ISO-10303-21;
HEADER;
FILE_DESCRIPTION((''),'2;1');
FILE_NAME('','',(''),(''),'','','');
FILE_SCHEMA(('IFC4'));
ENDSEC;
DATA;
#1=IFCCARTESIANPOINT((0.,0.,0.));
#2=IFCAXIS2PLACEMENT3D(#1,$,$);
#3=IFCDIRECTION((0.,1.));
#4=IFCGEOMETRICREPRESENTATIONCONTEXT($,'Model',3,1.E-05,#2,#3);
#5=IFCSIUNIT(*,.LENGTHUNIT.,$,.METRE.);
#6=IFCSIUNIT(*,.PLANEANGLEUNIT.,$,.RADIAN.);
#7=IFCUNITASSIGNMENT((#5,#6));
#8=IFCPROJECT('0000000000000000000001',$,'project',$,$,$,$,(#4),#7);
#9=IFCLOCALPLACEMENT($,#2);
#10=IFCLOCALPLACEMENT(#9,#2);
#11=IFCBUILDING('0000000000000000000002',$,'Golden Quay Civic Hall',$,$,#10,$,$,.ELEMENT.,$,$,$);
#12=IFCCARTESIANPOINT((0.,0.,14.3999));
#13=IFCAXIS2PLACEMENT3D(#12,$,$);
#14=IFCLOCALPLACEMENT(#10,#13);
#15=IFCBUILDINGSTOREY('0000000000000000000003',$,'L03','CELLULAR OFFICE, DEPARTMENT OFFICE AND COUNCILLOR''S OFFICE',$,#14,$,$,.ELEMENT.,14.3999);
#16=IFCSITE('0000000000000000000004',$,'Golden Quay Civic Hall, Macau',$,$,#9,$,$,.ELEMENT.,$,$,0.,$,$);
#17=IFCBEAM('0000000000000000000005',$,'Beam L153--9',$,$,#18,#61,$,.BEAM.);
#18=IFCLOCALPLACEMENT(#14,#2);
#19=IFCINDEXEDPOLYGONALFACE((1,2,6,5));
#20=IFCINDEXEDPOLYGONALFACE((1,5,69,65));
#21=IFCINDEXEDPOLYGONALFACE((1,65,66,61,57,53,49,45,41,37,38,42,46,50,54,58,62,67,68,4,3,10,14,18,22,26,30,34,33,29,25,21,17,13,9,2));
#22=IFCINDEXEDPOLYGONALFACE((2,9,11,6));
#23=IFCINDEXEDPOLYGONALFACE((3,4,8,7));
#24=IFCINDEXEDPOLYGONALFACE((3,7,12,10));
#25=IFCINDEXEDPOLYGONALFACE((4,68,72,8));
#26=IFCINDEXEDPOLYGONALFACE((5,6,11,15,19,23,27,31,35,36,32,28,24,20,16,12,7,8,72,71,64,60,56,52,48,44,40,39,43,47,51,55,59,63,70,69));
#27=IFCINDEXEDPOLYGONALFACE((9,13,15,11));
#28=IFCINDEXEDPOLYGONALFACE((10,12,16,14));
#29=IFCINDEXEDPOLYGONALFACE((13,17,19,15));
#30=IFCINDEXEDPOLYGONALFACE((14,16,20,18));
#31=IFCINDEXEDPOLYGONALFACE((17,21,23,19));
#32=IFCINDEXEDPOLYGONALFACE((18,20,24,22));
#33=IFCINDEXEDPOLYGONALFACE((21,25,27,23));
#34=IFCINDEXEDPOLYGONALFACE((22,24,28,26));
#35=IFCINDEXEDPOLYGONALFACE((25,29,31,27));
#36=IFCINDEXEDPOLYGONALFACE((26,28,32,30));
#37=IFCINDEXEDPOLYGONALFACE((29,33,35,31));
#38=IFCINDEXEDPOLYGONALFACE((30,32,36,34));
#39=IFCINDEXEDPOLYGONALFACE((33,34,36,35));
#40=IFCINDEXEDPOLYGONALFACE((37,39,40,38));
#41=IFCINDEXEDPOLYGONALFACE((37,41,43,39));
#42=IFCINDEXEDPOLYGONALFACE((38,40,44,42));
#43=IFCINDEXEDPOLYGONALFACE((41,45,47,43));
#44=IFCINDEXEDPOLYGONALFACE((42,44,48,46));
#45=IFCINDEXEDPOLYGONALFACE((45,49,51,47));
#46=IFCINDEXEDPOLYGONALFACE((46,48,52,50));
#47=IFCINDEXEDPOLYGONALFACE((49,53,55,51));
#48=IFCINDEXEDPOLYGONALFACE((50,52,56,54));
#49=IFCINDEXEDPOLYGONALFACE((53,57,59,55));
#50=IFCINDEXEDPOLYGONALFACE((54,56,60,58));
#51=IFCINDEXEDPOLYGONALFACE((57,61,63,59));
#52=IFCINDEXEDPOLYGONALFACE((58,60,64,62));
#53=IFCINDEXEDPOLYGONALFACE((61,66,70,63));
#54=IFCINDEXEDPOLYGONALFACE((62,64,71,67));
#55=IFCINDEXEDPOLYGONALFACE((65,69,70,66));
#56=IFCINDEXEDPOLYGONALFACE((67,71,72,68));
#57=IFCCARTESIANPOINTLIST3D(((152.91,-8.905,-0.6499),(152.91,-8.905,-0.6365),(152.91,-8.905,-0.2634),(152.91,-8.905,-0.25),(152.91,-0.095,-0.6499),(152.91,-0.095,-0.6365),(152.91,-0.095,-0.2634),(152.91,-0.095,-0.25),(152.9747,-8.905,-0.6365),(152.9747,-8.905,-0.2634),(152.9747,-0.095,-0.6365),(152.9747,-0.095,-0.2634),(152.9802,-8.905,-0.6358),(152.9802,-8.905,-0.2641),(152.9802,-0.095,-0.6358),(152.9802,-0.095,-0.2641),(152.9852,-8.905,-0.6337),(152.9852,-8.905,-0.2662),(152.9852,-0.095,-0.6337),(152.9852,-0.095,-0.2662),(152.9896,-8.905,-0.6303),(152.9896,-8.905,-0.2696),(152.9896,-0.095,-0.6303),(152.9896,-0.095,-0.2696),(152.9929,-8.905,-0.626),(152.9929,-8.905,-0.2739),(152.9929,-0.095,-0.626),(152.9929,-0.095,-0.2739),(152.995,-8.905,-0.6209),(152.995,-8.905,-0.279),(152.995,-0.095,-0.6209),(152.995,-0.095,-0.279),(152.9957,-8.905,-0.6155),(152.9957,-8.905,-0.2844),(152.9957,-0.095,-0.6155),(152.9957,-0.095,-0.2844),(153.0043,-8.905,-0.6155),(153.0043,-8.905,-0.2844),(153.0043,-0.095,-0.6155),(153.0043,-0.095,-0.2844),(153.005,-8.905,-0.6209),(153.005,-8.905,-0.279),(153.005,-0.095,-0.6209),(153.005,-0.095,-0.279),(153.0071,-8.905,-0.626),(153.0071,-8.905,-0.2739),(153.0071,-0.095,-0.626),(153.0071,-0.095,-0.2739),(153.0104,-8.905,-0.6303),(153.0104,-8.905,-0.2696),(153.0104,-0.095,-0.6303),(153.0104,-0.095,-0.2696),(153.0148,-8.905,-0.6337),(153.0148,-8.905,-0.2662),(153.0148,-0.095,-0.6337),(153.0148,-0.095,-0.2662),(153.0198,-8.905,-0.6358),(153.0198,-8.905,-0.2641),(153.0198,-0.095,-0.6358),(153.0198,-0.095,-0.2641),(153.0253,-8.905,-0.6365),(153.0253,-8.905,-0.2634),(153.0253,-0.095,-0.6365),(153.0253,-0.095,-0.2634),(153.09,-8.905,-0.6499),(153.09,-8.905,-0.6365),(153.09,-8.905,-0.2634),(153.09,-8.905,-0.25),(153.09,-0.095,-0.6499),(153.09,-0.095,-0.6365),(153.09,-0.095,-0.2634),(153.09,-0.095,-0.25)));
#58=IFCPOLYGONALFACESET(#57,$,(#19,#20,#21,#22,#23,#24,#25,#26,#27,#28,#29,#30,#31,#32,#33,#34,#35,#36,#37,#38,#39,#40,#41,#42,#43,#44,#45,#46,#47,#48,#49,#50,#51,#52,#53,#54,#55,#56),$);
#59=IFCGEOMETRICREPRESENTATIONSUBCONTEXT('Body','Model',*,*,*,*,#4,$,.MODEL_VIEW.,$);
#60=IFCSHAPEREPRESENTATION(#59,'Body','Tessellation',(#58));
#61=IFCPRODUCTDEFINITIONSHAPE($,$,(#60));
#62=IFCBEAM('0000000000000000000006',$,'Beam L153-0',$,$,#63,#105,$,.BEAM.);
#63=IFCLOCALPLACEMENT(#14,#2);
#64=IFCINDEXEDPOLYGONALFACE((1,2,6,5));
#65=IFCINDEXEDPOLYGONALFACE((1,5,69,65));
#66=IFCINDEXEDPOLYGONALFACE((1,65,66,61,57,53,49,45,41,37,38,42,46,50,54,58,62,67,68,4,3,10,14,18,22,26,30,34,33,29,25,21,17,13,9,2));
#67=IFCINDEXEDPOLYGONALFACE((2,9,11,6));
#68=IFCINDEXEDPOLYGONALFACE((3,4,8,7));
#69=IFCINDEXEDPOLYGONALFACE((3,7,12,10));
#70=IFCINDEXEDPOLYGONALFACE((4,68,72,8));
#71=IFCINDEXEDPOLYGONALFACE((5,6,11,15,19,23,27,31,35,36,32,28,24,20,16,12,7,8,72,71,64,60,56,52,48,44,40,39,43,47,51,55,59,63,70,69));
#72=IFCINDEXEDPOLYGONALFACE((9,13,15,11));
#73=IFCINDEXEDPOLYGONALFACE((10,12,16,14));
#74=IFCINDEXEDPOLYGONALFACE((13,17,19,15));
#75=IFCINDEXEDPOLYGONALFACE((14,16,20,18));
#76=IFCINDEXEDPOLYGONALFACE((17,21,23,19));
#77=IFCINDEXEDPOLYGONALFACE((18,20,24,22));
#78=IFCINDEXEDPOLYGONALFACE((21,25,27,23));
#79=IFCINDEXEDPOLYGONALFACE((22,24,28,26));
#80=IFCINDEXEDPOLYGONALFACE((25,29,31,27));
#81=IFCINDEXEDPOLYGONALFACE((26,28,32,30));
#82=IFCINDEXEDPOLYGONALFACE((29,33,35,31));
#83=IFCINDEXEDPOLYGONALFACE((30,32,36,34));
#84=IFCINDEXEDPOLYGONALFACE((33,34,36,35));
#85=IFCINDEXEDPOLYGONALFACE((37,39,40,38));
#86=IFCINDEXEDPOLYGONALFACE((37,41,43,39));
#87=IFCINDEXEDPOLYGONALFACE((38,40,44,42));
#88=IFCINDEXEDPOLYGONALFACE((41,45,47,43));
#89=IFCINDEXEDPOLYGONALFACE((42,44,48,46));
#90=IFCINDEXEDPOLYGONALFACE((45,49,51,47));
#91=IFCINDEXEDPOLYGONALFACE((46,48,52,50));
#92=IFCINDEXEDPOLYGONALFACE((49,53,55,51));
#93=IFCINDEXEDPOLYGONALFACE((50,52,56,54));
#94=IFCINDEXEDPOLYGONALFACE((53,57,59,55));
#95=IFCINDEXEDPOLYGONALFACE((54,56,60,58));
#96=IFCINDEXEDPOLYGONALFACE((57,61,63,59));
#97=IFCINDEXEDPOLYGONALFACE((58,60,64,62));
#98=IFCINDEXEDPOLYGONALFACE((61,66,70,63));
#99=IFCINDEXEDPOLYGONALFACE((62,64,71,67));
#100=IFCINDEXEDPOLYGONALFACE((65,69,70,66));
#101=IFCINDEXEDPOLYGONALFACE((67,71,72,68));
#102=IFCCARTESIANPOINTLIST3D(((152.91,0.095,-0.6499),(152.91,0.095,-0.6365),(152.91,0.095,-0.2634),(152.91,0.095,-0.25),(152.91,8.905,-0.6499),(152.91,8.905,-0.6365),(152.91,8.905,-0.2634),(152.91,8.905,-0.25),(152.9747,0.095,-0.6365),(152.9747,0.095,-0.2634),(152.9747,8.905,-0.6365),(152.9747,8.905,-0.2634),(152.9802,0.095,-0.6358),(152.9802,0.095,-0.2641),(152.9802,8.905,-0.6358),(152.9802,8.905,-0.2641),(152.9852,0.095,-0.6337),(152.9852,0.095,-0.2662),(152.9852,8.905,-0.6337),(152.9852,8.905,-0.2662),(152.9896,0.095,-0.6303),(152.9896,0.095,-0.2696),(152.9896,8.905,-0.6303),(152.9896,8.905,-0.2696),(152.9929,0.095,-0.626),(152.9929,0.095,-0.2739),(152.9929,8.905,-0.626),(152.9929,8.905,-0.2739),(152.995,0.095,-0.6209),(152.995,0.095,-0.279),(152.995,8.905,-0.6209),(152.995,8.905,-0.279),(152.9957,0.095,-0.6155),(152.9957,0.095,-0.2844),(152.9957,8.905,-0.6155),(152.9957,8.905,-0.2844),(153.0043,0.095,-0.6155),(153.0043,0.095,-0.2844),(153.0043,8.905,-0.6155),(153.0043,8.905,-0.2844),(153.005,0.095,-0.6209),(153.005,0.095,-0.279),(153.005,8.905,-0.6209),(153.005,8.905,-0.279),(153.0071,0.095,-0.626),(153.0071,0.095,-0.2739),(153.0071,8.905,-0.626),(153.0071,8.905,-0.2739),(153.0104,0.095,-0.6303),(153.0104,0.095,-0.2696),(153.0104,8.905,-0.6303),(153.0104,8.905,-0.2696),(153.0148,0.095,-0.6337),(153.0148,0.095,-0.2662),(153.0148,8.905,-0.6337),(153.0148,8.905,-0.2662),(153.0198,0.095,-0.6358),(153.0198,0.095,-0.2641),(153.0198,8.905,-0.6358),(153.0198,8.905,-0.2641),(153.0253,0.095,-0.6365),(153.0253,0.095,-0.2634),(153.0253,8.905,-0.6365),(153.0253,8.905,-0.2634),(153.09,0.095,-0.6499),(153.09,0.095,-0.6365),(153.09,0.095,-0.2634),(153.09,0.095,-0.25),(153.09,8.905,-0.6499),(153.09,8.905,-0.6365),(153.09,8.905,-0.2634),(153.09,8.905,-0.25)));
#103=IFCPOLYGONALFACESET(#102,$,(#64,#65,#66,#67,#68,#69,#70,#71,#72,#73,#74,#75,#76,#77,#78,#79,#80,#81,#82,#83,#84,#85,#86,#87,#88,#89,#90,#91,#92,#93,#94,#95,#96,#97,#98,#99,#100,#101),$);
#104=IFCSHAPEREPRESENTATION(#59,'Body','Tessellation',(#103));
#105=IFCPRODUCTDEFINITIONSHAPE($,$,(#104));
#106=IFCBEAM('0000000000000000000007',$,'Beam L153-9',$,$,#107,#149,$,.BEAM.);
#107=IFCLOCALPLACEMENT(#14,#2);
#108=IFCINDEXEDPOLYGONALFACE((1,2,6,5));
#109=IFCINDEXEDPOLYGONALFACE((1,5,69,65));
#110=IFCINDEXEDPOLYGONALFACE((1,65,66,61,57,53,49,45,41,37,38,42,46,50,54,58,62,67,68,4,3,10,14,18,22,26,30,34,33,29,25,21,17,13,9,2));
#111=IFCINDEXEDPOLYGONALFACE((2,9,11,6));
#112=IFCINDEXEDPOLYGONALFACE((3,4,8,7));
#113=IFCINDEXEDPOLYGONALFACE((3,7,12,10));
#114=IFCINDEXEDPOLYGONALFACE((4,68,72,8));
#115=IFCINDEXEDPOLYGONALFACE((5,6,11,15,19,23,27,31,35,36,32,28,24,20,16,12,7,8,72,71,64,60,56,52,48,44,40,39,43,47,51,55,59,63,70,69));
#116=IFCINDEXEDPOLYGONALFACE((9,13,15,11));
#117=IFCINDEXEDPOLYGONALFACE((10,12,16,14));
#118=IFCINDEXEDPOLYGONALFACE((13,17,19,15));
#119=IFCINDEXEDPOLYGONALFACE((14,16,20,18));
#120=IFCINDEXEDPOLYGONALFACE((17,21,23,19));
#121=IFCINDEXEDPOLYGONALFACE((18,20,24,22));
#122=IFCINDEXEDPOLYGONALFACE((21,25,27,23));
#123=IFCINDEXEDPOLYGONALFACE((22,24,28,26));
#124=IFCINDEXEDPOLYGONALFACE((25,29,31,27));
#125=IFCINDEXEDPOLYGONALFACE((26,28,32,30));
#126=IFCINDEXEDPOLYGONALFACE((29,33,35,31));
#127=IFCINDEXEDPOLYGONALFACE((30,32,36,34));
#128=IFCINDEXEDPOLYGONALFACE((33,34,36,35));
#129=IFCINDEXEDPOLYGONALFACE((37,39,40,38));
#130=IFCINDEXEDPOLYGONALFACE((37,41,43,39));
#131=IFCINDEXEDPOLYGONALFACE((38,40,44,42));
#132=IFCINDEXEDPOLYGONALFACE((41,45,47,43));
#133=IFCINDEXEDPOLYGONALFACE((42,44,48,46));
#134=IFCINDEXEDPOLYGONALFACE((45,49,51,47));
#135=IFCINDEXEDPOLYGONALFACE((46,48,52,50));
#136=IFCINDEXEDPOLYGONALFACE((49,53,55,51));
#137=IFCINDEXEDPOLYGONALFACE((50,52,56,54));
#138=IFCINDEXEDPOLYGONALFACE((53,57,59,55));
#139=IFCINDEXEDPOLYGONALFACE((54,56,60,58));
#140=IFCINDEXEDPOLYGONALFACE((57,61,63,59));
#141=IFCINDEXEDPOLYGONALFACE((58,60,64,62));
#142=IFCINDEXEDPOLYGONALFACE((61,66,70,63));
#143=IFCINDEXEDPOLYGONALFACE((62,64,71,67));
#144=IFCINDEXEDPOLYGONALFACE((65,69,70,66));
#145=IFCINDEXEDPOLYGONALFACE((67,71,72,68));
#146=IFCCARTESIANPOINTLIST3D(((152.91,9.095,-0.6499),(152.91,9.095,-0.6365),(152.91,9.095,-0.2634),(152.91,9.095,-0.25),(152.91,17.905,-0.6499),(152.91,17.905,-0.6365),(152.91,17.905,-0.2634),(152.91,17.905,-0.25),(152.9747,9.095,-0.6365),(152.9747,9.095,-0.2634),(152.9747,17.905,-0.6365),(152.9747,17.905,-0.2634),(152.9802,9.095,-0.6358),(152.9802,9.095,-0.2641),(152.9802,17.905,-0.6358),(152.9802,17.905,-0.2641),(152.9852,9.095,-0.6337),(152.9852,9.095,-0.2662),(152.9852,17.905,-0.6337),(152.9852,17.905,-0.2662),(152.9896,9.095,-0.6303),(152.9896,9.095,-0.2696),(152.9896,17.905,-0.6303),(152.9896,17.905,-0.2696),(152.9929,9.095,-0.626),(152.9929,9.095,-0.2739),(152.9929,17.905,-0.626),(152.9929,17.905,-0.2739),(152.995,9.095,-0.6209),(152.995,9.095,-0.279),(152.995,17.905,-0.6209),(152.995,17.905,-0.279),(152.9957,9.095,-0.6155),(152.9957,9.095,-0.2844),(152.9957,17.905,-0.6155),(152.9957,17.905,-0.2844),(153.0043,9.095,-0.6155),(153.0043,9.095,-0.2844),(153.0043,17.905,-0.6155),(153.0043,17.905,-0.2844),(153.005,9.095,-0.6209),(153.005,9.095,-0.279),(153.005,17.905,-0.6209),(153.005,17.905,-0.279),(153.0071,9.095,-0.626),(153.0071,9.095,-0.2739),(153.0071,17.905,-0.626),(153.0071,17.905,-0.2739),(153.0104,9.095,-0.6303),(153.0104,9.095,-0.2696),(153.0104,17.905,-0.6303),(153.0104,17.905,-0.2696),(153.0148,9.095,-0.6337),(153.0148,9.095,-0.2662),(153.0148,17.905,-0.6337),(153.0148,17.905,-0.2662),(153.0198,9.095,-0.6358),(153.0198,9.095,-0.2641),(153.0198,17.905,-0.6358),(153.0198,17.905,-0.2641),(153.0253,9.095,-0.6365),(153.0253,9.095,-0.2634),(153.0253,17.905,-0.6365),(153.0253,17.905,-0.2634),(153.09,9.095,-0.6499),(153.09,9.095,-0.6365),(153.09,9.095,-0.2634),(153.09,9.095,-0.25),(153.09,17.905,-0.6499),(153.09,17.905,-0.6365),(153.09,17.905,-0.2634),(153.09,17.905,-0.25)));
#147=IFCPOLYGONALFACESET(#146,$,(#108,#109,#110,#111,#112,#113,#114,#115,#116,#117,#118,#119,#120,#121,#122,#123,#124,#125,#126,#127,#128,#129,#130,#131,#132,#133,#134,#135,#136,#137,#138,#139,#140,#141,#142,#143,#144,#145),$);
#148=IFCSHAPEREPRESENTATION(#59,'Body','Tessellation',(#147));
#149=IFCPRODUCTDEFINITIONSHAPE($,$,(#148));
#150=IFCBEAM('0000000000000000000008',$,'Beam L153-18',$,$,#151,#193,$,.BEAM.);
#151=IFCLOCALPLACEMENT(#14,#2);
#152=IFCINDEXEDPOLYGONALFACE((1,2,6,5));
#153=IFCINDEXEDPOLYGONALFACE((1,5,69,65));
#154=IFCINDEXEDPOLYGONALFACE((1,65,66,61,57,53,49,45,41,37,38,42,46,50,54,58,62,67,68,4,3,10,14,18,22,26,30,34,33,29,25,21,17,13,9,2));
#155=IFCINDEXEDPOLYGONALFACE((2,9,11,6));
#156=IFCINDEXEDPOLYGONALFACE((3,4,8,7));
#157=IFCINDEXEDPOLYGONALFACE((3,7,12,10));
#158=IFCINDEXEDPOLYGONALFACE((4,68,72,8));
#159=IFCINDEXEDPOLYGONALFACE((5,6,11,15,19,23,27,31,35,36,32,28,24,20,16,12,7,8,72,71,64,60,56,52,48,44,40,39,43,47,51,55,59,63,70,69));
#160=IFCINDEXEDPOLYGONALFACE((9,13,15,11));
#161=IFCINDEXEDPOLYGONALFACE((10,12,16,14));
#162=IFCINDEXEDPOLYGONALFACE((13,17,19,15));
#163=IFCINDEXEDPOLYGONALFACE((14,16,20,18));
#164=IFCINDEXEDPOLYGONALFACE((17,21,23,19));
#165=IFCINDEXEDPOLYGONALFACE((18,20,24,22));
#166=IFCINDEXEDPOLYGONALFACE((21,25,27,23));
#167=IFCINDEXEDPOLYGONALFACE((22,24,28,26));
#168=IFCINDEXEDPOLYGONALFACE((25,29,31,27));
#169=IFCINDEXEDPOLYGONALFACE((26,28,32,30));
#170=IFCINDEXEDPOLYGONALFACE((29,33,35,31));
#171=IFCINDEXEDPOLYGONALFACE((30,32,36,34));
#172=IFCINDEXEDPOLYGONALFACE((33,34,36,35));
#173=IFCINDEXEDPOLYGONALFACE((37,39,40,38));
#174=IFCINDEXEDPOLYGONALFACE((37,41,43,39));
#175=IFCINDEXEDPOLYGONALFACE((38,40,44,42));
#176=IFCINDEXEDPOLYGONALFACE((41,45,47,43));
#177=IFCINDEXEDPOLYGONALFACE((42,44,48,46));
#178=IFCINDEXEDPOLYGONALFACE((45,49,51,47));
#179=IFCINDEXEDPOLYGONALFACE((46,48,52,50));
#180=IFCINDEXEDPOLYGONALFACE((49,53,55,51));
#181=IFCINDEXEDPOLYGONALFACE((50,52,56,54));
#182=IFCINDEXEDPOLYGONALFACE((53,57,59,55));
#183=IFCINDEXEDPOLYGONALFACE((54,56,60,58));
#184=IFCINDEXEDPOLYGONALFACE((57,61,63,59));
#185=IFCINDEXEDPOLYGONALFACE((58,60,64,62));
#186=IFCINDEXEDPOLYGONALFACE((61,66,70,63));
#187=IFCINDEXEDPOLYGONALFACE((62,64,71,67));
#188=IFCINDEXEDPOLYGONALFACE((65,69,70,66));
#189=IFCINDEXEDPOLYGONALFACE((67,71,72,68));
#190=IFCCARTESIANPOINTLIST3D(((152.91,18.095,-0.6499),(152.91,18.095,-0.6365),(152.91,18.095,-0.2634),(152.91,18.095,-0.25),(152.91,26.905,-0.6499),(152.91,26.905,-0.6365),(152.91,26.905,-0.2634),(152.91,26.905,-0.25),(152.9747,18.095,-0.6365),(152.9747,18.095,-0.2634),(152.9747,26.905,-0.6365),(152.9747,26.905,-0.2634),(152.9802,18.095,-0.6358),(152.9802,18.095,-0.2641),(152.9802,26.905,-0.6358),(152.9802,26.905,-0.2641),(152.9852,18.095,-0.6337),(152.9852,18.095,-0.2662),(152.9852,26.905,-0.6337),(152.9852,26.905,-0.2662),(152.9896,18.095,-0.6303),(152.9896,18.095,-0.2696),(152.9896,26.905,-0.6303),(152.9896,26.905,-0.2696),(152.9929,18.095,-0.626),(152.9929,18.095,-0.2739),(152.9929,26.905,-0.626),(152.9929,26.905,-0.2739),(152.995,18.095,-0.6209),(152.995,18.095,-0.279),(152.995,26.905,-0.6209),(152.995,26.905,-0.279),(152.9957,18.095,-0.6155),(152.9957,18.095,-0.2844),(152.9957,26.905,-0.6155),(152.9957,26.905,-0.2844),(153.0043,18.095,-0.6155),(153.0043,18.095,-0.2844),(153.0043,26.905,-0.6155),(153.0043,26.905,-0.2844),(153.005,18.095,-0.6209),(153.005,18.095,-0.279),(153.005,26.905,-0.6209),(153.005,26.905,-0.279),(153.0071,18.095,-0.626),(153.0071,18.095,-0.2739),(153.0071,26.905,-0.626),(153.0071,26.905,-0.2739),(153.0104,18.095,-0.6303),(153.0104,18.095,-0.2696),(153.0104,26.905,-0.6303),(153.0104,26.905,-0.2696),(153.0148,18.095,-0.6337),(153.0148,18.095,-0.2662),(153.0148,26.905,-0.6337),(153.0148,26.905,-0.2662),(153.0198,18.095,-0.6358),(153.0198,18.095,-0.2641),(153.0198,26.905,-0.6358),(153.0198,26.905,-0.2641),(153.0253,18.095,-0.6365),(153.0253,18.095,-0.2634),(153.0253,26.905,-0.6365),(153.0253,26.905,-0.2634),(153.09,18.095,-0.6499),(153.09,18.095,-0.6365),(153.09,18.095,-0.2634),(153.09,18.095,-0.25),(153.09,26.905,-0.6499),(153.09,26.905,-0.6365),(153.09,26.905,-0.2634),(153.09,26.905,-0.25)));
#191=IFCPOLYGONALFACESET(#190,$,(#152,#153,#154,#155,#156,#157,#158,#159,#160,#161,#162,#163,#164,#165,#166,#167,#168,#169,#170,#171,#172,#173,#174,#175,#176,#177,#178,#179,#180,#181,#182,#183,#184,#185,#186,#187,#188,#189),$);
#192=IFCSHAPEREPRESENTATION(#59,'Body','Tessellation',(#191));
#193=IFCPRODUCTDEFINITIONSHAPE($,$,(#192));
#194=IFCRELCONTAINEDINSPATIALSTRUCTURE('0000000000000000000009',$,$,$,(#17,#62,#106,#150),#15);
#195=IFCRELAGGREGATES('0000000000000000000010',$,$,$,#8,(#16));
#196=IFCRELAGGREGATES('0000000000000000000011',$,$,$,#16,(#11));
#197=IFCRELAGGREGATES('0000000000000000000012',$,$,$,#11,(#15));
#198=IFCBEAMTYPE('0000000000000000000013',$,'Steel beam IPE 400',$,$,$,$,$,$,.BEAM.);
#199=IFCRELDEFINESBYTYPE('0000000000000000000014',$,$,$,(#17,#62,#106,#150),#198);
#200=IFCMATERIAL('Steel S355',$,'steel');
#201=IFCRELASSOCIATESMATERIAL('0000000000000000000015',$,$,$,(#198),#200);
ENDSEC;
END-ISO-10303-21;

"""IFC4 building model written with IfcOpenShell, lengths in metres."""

from ifc_helpers import new_model, si_unit, direction, frame, origin, origin_2d, place, context, subcontext, project, spatial, i_section, extrude, material, material_profile, profile_set, type_object, element, save


model = new_model("IFC4")

# Units and contexts
model_context = context("Model", 3, precision=1e-05, world=origin(), true_north=direction((0.0, 1.0)))
body_context = subcontext(model_context, "Body", "Model", "MODEL_VIEW")
ifc_project = project(units=[si_unit("LENGTHUNIT", "METRE"), si_unit("PLANEANGLEUNIT", "RADIAN")], contexts=[model_context])

# Site, building, storey
site_placement = place(None, origin())
site = spatial("IfcSite", under=ifc_project, at=site_placement, Name="Golden Quay Civic Hall, Macau", CompositionType="ELEMENT", RefElevation=0.0)
building_placement = place(site_placement, origin())
building = spatial("IfcBuilding", under=site, at=building_placement, Name="Golden Quay Civic Hall", CompositionType="ELEMENT")
storey_placement = place(building_placement, frame((0.0, 0.0, 14.3999)))
storey = spatial("IfcBuildingStorey", under=building, at=storey_placement, Name="L03", Description="CELLULAR OFFICE, DEPARTMENT OFFICE AND COUNCILLOR'S OFFICE", CompositionType="ELEMENT", Elevation=14.3999)

# Beams
ifc_material_1 = material(Name="Steel S355", Category="steel")
ifc_material_profile_1 = material_profile(ifc_material_1, i_section(OverallWidth=0.1799, OverallDepth=0.3999, WebThickness=0.0085, FlangeThickness=0.0134, FilletRadius=0.021, at=origin_2d()), Name="IPE 400")
ifc_profile_set_1 = profile_set([ifc_material_profile_1], Name="Steel S355")
beam_type_1 = type_object("IfcBeamType", Name="Steel beam IPE 400", PredefinedType="BEAM", material=ifc_profile_set_1)
for number, where, z_axis, x_axis, name in (
    (1, (153.0, -8.905, -0.45), (0.0, 1.0, 0.0), (-1.0, 0.0, 0.0), "Beam L153--9"),
    (2, (153.0, 0.095, -0.45), (0.0, 1.0, 0.0), (-1.0, 0.0, 0.0), "Beam L153-0"),
    (3, (153.0, 9.095, -0.45), (0.0, 1.0, 0.0), (-1.0, 0.0, 0.0), "Beam L153-9"),
    (4, (153.0, 18.095, -0.45), (0.0, 1.0, 0.0), (-1.0, 0.0, 0.0), "Beam L153-18"),
):
    element("IfcBeam", number, at=place(storey_placement, frame(where, z_axis=z_axis, x_axis=x_axis)), inside=storey, type_object=beam_type_1, Name=name, PredefinedType="BEAM", context=body_context, shape_type="SweptSolid", body=[
        extrude(i_section(OverallWidth=0.1799, OverallDepth=0.3999, WebThickness=0.0085, FlangeThickness=0.0134, FilletRadius=0.021, at=origin_2d()), origin(), (0.0, 0.0, 1.0), 8.8101),
    ])

save(model, "model.ifc")
